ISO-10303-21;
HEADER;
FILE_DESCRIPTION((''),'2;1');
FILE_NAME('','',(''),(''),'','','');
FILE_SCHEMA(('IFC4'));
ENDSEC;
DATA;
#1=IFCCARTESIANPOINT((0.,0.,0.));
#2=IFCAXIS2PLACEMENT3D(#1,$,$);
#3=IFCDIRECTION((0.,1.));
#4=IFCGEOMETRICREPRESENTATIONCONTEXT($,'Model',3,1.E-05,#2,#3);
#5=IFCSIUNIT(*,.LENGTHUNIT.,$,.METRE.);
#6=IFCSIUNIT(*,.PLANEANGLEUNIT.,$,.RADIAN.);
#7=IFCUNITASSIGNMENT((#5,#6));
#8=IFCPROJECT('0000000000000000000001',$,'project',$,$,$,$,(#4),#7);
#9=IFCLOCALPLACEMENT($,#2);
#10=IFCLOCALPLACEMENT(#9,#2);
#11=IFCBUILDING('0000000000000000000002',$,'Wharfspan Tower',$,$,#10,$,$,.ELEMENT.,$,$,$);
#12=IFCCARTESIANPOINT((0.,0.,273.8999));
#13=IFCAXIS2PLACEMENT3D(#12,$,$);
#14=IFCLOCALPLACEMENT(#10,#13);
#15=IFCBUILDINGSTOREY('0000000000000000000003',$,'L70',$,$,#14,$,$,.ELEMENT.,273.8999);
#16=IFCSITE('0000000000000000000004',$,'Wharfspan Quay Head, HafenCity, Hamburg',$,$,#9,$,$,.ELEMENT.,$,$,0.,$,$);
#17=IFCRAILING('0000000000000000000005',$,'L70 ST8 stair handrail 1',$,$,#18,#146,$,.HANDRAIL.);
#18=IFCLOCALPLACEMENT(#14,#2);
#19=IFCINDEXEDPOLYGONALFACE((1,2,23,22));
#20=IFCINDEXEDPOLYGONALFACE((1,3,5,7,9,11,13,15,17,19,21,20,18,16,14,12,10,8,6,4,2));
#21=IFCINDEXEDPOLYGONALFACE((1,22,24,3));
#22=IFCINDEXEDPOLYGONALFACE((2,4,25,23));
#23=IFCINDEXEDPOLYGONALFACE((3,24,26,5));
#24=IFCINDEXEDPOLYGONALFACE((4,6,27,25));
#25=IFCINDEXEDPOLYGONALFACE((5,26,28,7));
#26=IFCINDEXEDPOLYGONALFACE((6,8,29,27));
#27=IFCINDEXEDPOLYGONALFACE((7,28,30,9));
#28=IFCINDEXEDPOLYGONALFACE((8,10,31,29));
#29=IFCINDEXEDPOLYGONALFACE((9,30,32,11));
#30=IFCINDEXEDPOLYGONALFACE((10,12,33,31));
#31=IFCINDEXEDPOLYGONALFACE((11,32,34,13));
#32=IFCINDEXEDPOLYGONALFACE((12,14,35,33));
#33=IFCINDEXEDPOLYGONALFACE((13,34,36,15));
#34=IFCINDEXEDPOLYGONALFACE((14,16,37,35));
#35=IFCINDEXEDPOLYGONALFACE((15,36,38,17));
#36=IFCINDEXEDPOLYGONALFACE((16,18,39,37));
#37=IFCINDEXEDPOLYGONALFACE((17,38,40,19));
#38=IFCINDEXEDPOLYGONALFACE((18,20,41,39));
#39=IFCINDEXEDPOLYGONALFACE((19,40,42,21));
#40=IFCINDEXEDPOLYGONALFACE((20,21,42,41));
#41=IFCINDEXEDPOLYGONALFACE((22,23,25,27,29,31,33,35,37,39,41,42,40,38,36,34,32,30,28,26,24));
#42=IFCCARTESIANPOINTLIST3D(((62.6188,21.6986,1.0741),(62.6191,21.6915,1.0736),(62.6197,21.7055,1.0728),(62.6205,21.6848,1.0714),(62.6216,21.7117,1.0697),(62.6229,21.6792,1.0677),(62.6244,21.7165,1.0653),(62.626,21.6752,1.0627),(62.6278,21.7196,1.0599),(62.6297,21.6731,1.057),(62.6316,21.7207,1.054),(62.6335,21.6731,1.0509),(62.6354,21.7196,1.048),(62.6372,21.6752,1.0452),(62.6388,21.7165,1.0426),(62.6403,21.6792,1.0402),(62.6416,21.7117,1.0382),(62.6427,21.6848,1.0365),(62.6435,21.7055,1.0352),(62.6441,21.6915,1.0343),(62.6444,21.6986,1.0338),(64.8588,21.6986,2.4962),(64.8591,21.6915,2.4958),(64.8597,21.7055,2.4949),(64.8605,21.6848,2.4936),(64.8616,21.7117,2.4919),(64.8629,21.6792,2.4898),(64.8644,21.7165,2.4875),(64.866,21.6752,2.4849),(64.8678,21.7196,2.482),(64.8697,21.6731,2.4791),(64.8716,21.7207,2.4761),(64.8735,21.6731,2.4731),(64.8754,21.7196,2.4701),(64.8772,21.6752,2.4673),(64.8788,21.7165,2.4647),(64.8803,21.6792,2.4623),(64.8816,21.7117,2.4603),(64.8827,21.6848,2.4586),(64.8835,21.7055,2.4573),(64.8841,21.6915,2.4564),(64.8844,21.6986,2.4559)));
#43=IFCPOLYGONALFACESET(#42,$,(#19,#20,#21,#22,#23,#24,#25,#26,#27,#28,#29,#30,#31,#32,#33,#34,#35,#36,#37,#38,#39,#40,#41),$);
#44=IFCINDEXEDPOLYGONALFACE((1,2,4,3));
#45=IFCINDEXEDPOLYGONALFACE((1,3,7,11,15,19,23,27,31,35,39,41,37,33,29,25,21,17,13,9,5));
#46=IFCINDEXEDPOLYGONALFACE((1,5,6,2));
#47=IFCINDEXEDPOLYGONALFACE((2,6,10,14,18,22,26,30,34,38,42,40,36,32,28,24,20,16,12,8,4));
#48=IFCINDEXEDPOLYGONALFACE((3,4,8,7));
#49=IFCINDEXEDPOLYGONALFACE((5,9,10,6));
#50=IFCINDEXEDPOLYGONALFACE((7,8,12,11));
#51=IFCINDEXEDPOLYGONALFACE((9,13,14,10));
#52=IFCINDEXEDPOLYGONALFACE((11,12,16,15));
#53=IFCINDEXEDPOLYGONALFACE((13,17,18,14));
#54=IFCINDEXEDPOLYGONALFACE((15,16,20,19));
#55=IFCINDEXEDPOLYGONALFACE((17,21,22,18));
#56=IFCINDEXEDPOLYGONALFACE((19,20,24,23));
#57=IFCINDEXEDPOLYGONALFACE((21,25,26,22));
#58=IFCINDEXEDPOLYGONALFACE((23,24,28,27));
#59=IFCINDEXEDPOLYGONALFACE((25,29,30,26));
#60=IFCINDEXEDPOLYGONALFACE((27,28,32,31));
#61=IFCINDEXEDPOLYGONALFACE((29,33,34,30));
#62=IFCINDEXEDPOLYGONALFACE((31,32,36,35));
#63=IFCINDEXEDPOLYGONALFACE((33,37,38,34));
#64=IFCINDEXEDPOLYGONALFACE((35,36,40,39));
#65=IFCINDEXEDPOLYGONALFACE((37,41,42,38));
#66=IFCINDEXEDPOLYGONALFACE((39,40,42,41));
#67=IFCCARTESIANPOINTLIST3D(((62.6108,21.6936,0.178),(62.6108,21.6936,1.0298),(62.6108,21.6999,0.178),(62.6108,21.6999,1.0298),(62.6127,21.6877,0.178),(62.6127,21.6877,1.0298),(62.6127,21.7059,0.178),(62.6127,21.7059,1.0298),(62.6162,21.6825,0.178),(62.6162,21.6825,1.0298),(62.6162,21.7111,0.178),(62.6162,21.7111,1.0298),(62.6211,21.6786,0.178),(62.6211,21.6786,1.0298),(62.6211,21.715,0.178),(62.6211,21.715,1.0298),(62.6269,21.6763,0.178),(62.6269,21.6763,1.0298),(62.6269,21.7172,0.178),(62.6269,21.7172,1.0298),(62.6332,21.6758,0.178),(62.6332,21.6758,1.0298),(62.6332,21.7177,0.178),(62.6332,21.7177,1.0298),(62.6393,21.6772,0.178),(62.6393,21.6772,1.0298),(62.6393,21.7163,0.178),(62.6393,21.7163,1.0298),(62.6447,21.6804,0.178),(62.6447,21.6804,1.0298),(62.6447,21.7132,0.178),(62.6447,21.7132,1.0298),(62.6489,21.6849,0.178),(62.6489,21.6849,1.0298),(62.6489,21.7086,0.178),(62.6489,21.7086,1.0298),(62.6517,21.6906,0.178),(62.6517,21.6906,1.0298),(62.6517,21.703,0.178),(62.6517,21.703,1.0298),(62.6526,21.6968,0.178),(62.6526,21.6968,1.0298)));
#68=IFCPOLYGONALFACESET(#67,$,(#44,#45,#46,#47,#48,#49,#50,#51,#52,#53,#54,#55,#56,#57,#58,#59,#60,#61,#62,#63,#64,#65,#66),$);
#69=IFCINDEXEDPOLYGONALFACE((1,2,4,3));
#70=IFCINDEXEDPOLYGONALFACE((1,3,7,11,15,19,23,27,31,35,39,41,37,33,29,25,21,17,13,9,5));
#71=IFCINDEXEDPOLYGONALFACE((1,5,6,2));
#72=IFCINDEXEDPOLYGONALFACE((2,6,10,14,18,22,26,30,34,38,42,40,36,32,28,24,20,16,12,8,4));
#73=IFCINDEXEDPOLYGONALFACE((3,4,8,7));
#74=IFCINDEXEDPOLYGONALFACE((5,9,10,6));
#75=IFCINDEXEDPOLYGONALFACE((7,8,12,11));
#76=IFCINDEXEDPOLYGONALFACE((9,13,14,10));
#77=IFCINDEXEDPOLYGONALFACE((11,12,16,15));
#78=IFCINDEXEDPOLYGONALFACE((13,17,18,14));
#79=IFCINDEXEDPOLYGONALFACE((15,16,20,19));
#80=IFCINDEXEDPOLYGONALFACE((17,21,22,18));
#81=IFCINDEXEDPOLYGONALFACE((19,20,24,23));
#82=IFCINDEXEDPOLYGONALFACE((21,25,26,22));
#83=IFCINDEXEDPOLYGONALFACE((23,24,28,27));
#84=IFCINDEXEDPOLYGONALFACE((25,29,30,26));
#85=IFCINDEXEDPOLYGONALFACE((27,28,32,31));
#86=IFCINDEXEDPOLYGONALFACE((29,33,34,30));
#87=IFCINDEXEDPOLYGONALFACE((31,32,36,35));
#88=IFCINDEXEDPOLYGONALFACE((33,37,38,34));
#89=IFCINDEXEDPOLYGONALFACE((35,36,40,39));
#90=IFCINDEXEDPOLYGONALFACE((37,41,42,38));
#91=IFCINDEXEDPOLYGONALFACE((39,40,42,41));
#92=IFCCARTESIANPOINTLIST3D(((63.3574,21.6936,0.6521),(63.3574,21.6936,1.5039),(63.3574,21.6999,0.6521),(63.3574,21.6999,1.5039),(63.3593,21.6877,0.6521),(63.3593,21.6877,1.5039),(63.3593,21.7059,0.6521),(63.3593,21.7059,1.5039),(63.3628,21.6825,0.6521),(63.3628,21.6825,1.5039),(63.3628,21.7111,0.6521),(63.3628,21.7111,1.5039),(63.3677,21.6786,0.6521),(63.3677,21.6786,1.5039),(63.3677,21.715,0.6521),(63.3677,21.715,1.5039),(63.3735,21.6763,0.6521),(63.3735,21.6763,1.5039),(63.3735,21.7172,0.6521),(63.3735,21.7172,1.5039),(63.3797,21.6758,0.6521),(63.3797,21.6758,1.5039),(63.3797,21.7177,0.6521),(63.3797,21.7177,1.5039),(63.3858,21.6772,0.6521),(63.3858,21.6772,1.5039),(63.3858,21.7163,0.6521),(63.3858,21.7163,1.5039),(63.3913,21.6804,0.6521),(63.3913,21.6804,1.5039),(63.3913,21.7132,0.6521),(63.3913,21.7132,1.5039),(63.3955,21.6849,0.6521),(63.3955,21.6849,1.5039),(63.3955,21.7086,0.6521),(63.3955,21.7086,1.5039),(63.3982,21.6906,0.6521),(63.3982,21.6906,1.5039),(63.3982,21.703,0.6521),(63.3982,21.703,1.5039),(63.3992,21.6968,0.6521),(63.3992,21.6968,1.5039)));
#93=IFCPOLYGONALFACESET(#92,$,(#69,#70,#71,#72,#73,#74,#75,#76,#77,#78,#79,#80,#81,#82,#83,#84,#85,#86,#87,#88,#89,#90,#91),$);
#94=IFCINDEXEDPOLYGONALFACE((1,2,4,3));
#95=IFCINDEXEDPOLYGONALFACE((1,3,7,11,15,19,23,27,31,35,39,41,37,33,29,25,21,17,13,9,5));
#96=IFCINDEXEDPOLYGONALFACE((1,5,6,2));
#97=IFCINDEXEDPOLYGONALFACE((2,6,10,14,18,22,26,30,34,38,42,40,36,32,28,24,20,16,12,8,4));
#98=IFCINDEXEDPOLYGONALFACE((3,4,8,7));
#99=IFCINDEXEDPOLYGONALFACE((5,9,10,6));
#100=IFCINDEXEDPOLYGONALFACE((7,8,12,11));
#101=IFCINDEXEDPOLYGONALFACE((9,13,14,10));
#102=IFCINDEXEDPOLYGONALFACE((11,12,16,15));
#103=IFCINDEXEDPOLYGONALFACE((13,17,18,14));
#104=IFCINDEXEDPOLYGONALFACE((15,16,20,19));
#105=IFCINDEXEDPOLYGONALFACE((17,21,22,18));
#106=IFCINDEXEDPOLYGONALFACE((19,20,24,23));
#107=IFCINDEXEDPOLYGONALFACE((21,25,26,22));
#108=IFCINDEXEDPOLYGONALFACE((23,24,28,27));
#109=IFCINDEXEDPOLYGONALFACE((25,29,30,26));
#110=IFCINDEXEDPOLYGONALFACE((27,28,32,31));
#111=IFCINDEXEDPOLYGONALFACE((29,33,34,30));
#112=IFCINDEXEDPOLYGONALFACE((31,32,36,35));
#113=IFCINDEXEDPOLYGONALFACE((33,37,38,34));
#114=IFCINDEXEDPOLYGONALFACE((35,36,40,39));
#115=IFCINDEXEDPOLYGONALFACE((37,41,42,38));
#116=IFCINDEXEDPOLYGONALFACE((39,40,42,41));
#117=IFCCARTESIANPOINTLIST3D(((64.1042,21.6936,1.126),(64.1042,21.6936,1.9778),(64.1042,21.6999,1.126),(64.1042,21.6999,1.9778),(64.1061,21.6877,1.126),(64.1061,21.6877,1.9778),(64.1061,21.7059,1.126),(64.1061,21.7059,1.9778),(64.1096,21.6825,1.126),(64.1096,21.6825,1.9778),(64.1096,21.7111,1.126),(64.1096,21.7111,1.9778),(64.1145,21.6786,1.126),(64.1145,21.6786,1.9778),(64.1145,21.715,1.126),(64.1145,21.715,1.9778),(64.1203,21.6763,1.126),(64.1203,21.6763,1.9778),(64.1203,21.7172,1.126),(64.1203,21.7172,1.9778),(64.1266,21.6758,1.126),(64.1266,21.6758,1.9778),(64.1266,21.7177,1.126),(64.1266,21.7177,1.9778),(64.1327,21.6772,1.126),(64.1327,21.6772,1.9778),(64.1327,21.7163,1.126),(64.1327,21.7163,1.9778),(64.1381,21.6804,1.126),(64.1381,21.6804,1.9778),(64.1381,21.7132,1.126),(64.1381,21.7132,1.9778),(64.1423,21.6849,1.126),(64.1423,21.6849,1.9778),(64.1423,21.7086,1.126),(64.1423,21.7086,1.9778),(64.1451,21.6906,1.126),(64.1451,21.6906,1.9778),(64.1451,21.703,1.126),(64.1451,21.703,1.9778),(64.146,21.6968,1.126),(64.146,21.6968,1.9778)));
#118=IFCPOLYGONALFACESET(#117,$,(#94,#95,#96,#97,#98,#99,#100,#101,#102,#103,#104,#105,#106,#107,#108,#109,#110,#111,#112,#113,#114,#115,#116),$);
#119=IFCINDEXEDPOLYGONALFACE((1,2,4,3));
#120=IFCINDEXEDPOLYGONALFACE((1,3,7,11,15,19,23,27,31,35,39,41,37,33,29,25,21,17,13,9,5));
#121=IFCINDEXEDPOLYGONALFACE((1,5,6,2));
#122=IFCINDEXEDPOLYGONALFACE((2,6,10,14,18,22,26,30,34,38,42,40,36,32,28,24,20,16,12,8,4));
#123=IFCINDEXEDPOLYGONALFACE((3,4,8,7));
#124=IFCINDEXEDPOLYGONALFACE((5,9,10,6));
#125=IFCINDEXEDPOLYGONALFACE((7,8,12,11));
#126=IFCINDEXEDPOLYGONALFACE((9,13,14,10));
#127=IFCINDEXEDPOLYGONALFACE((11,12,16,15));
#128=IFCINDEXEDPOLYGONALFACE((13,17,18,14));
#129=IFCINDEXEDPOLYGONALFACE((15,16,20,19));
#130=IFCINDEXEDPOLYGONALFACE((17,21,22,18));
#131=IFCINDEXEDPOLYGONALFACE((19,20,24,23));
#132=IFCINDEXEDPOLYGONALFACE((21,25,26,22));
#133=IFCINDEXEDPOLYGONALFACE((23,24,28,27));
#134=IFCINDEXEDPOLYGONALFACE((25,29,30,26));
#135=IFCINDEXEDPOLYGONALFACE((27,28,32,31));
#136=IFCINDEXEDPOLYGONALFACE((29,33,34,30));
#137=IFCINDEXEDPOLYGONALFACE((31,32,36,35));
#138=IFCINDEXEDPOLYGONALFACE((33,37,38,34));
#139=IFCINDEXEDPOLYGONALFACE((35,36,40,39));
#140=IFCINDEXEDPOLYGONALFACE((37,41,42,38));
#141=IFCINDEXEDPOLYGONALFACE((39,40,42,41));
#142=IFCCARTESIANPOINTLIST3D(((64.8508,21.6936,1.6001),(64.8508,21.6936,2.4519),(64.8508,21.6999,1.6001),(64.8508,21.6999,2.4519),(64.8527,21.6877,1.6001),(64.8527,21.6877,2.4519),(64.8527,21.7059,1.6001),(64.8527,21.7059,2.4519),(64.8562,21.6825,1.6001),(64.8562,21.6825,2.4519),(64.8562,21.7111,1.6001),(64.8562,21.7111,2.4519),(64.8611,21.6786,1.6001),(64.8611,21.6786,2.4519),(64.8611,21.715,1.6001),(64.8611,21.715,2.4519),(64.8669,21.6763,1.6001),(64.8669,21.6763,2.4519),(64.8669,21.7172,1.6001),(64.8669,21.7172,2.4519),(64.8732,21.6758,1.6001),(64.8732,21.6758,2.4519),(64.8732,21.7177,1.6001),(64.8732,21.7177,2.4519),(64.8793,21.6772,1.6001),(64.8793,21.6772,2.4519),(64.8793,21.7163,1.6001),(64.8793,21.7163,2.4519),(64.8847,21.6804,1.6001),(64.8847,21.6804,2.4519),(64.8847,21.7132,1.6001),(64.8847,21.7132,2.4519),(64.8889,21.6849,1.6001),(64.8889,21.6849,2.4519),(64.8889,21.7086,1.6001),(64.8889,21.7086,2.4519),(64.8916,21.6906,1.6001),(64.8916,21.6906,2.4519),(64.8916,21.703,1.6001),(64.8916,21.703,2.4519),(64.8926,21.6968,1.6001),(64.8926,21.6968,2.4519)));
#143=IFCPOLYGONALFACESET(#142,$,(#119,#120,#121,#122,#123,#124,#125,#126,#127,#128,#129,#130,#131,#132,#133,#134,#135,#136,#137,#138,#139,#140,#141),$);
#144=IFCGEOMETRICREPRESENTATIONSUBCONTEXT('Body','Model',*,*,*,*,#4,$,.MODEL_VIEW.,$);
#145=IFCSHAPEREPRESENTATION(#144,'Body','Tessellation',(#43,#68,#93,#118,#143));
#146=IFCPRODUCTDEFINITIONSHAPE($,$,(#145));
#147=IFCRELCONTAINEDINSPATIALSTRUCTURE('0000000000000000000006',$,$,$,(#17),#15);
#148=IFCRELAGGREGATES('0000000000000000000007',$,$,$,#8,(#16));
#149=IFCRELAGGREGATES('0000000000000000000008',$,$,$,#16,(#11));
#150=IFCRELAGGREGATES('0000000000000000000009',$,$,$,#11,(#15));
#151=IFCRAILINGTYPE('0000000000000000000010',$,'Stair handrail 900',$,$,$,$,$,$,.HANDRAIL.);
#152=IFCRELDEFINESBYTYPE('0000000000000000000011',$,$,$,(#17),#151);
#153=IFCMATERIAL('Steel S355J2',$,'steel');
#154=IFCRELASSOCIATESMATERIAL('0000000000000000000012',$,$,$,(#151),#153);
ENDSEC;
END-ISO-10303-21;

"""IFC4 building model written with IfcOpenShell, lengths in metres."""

from ifc_helpers import new_model, si_unit, direction, frame, origin, origin_2d, place, context, subcontext, project, spatial, circle, extrude, material, type_object, element, save


model = new_model("IFC4")

# Units and contexts
model_context = context("Model", 3, precision=1e-05, world=origin(), true_north=direction((0.0, 1.0)))
body_context = subcontext(model_context, "Body", "Model", "MODEL_VIEW")
ifc_project = project(units=[si_unit("LENGTHUNIT", "METRE"), si_unit("PLANEANGLEUNIT", "RADIAN")], contexts=[model_context])

# Site, building, storey
site_placement = place(None, origin())
site = spatial("IfcSite", under=ifc_project, at=site_placement, Name="Wharfspan Quay Head, HafenCity, Hamburg", CompositionType="ELEMENT", RefElevation=0.0)
building_placement = place(site_placement, origin())
building = spatial("IfcBuilding", under=site, at=building_placement, Name="Wharfspan Tower", CompositionType="ELEMENT")
storey_placement = place(building_placement, frame((0.0, 0.0, 273.8999)))
storey = spatial("IfcBuildingStorey", under=building, at=storey_placement, Name="L70", CompositionType="ELEMENT", Elevation=273.8999)

# Shared definitions
ifc_material_1 = material(Name="Steel S355J2", Category="steel")

# Railing
railing_type_1 = type_object("IfcRailingType", Name="Stair handrail 900", PredefinedType="HANDRAIL", material=ifc_material_1)
railing_1_placement = place(storey_placement, frame((62.6316, 21.6968, 0.178)))
element("IfcRailing", 1, at=railing_1_placement, inside=storey, type_object=railing_type_1, Name="L70 ST8 stair handrail 1", PredefinedType="HANDRAIL", context=body_context, shape_type="SweptSolid", body=[
    extrude(circle(Radius=0.0239, at=origin_2d()), frame((0.0, 0.0, 0.876), z_axis=(0.844229, 0.0, 0.535982), x_axis=(0.0, 1.0, 0.0)), (0.0, 0.0, 1.0), 2.6533),
    extrude(circle(Radius=0.021, at=origin_2d()), origin(), (0.0, 0.0, 1.0), 0.8518),
    extrude(circle(Radius=0.021, at=origin_2d()), frame((0.7466, 0.0, 0.4741)), (0.0, 0.0, 1.0), 0.8518),
    extrude(circle(Radius=0.021, at=origin_2d()), frame((1.4934, 0.0, 0.948)), (0.0, 0.0, 1.0), 0.8518),
    extrude(circle(Radius=0.021, at=origin_2d()), frame((2.24, 0.0, 1.4221)), (0.0, 0.0, 1.0), 0.8518),
])

save(model, "model.ifc")
